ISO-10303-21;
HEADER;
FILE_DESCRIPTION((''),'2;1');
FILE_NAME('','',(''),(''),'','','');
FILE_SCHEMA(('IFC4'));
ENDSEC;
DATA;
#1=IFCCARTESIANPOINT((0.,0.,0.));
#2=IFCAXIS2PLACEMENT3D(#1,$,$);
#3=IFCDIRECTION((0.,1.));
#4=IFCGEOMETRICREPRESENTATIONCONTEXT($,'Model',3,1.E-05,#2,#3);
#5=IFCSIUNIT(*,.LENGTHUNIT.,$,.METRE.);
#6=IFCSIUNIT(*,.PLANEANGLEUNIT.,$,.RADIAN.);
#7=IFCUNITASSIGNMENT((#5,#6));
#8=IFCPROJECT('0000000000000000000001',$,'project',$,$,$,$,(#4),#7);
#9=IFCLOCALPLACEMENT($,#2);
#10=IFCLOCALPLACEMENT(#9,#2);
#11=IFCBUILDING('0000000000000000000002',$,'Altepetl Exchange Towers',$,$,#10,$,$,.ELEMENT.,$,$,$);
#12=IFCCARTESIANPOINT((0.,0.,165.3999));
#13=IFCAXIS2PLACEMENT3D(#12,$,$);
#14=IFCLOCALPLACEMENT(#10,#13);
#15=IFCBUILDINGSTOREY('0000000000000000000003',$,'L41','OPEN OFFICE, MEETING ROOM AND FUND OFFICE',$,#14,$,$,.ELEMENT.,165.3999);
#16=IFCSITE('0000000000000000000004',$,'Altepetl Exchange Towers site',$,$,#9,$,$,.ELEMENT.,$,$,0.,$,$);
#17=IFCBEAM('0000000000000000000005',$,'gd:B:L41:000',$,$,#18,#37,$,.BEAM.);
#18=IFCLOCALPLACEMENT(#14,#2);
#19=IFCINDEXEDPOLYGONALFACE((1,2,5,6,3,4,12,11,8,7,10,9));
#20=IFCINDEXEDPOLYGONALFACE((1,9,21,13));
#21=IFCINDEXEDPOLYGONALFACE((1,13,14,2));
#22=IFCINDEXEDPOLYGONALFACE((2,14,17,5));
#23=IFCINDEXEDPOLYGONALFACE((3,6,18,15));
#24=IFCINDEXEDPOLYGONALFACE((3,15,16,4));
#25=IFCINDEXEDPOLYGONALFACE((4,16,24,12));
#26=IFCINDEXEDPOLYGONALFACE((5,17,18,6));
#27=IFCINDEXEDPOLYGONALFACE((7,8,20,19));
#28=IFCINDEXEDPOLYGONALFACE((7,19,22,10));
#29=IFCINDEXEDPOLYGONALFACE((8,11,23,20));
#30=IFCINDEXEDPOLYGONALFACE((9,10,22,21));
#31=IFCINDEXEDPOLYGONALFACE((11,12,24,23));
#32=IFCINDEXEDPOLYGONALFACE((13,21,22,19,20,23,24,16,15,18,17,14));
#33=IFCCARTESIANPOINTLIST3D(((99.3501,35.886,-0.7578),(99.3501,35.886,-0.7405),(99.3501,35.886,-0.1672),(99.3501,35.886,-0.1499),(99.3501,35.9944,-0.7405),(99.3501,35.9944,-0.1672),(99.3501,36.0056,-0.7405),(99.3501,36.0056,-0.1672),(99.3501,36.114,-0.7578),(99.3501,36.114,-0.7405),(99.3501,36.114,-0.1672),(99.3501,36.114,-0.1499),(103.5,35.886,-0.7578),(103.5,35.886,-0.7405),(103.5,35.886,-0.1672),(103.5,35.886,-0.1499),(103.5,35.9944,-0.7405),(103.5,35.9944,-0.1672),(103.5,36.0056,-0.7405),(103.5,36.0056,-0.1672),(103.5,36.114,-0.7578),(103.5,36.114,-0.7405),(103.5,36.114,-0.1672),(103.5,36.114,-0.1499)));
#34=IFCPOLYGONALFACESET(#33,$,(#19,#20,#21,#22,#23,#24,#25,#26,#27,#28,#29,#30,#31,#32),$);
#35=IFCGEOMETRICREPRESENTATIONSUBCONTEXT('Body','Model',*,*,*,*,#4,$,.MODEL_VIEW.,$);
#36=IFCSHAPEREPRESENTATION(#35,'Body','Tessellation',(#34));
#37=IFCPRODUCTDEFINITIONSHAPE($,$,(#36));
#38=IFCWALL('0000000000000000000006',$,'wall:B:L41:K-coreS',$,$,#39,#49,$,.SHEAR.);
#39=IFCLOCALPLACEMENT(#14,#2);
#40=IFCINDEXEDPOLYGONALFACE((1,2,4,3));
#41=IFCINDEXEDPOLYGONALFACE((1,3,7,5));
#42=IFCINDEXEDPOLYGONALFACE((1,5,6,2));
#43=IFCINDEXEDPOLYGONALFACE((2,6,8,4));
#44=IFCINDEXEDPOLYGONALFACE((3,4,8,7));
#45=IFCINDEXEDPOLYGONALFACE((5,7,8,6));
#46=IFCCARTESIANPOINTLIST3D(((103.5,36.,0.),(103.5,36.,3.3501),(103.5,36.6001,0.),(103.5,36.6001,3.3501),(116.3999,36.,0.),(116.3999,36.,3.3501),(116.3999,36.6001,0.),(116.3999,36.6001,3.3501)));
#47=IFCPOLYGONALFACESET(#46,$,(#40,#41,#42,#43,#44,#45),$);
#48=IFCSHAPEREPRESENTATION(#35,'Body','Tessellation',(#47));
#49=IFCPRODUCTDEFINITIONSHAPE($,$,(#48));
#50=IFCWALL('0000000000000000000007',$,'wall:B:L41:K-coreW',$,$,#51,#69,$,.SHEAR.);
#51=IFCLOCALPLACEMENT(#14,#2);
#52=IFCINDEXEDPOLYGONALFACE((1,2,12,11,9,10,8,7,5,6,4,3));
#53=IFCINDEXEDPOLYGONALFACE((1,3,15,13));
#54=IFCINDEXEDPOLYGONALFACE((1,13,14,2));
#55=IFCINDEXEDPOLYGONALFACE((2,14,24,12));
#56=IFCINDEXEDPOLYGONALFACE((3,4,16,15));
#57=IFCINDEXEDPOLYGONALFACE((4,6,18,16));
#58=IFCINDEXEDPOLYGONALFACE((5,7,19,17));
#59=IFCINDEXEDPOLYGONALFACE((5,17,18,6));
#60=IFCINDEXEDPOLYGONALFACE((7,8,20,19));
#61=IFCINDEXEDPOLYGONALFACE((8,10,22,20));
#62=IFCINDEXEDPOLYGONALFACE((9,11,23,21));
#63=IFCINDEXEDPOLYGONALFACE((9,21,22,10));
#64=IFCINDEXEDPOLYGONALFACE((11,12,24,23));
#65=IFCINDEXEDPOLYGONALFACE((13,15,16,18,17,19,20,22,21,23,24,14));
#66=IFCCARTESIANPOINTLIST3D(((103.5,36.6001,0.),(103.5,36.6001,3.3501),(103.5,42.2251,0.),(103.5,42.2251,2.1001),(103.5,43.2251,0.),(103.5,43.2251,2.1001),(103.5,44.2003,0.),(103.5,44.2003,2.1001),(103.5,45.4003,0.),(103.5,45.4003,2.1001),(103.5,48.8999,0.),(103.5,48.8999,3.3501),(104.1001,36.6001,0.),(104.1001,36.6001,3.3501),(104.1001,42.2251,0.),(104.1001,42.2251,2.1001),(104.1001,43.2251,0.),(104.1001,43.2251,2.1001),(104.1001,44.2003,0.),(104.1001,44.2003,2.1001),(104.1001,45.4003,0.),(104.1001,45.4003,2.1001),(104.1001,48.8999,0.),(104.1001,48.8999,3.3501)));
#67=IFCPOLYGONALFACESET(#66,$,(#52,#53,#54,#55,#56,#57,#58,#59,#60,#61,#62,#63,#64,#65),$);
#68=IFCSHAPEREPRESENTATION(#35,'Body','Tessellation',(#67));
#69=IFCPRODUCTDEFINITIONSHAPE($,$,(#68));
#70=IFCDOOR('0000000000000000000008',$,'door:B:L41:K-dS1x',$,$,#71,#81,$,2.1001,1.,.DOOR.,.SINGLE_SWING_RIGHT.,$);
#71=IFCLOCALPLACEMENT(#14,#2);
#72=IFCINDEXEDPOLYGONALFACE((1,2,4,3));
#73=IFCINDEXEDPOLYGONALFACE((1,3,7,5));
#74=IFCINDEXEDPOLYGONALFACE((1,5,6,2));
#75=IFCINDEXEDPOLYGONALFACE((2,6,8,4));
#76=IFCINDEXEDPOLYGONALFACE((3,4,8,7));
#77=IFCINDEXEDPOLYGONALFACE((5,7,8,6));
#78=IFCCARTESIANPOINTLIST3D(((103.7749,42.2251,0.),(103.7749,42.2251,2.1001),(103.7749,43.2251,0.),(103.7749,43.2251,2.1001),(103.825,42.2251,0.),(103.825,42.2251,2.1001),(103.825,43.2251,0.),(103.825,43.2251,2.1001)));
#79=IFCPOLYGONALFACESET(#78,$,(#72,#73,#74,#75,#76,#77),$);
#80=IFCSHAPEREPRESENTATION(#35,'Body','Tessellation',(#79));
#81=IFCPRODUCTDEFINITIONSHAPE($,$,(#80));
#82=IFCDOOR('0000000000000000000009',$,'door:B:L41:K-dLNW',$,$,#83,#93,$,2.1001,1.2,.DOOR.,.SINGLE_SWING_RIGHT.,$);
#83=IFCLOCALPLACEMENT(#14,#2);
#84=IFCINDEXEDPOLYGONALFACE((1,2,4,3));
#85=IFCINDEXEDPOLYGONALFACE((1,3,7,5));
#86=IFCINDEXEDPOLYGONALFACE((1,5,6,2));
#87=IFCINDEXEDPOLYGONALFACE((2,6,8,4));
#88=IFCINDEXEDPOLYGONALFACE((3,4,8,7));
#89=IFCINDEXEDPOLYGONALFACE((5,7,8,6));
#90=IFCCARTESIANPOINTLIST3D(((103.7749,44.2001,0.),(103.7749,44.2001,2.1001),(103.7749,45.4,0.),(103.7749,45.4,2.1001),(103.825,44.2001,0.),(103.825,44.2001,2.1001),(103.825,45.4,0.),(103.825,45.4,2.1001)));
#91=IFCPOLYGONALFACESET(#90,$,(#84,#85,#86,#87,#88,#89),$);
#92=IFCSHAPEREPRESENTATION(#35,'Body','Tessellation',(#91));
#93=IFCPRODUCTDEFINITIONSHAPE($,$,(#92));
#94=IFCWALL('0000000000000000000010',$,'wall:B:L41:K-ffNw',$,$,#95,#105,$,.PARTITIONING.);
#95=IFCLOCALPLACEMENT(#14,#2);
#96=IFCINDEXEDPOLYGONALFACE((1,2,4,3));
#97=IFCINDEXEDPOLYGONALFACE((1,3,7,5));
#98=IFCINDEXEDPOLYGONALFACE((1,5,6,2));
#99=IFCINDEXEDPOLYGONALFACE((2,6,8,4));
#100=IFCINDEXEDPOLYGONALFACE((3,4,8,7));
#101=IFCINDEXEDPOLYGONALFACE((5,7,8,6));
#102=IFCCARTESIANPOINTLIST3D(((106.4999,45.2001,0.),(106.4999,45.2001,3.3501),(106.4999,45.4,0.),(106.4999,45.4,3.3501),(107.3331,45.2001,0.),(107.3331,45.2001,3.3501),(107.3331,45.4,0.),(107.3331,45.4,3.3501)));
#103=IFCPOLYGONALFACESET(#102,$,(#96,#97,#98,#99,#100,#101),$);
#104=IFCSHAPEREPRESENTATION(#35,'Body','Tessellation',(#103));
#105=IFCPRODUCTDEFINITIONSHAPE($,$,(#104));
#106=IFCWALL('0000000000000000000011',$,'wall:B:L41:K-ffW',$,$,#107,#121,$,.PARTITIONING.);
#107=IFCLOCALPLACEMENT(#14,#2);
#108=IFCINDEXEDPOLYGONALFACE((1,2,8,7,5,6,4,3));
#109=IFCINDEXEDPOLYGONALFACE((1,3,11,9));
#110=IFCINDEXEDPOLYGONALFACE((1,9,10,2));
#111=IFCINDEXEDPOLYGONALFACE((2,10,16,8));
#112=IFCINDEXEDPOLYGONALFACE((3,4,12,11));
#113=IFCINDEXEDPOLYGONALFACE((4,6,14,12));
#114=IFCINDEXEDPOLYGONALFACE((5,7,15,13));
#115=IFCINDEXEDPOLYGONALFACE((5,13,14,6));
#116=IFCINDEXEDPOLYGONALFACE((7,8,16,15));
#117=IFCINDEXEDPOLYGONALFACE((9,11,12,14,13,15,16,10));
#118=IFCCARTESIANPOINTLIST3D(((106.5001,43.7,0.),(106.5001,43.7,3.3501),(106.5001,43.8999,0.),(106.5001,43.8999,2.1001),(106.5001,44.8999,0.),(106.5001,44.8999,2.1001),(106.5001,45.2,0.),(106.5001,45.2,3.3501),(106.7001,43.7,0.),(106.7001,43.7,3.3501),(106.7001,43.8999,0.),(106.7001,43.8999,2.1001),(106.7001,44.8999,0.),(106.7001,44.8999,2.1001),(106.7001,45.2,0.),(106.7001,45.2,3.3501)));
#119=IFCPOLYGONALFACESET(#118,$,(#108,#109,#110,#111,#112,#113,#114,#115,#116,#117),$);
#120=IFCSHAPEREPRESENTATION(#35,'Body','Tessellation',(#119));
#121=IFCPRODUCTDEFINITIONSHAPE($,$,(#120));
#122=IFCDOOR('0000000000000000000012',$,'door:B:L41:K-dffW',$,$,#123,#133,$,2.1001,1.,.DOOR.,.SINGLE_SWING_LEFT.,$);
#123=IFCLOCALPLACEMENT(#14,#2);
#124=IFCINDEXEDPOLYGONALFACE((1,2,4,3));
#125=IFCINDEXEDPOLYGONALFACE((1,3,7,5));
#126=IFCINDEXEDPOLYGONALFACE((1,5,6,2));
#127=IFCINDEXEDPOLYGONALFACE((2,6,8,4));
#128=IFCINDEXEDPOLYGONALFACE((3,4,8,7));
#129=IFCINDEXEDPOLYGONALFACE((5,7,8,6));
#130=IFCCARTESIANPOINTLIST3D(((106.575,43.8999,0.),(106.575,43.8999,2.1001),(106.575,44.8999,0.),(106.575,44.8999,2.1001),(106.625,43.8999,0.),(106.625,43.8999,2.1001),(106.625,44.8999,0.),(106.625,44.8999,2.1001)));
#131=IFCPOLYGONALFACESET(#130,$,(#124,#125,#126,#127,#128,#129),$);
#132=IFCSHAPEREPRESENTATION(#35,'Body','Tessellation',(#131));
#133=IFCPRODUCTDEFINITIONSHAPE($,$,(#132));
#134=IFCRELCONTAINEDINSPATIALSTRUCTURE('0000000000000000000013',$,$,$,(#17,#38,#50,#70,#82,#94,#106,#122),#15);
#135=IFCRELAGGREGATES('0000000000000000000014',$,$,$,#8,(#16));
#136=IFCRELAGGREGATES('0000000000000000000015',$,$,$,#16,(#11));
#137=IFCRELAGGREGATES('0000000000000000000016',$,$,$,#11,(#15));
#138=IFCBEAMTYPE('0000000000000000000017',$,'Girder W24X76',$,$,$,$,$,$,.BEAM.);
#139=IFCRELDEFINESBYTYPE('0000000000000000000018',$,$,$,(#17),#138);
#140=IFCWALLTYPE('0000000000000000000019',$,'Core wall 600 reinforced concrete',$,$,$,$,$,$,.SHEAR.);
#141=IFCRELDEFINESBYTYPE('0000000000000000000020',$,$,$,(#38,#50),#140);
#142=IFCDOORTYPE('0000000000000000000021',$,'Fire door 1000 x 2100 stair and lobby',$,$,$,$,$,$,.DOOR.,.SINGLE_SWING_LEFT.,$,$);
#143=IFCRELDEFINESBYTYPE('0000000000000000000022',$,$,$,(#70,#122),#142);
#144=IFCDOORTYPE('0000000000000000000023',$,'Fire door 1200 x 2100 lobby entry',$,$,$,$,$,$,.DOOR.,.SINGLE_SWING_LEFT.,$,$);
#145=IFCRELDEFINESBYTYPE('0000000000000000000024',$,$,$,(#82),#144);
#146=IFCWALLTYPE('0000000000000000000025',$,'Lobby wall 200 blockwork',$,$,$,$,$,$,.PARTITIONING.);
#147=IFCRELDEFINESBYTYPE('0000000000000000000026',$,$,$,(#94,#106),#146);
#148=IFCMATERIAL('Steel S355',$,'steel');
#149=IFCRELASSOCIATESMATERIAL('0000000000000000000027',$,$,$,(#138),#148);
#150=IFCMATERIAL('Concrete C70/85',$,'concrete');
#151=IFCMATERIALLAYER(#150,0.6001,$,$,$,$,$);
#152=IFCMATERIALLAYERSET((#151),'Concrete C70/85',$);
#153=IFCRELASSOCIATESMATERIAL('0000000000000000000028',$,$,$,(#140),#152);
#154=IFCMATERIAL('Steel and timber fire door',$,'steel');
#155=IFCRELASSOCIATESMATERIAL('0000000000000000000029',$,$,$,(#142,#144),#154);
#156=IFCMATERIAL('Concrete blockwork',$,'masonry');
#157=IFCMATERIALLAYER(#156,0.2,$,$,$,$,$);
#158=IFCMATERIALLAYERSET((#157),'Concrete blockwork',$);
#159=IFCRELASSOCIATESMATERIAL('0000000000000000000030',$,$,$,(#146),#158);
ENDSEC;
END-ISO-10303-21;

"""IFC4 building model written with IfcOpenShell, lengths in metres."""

from ifc_helpers import new_model, si_unit, direction, frame, frame_2d, origin, origin_2d, place, context, subcontext, project, spatial, rectangle, i_section, extrude, material, layer, layer_set, material_profile, profile_set, type_object, element, fill, save


model = new_model("IFC4")

# Units and contexts
model_context = context("Model", 3, precision=1e-05, world=origin(), true_north=direction((0.0, 1.0)))
body_context = subcontext(model_context, "Body", "Model", "MODEL_VIEW")
ifc_project = project(units=[si_unit("LENGTHUNIT", "METRE"), si_unit("PLANEANGLEUNIT", "RADIAN")], contexts=[model_context])

# Site, building, storey
site_placement = place(None, origin())
site = spatial("IfcSite", under=ifc_project, at=site_placement, Name="Altepetl Exchange Towers site", CompositionType="ELEMENT", RefElevation=0.0)
building_placement = place(site_placement, origin())
building = spatial("IfcBuilding", under=site, at=building_placement, Name="Altepetl Exchange Towers", CompositionType="ELEMENT")
storey_placement = place(building_placement, frame((0.0, 0.0, 165.3999)))
storey = spatial("IfcBuildingStorey", under=building, at=storey_placement, Name="L41", Description="OPEN OFFICE, MEETING ROOM AND FUND OFFICE", CompositionType="ELEMENT", Elevation=165.3999)

# Beam
ifc_material_1 = material(Name="Steel S355", Category="steel")
ifc_material_profile = material_profile(ifc_material_1, i_section(OverallWidth=0.228, OverallDepth=0.6079, WebThickness=0.0112, FlangeThickness=0.0173, at=origin_2d()), Name="W24X76")
ifc_profile_set = profile_set([ifc_material_profile], Name="Steel S355")
beam_type = type_object("IfcBeamType", Name="Girder W24X76", PredefinedType="BEAM", material=ifc_profile_set)
beam_placement = place(storey_placement, frame((103.5, 36.0, -0.4539), z_axis=(-1.0, 0.0, 0.0), x_axis=(0.0, -1.0, 0.0)))
element("IfcBeam", 1, at=beam_placement, inside=storey, type_object=beam_type, Name="gd:B:L41:000", PredefinedType="BEAM", context=body_context, shape_type="SweptSolid", body=[
    extrude(i_section(OverallWidth=0.228, OverallDepth=0.6079, WebThickness=0.0112, FlangeThickness=0.0173, at=origin_2d()), origin(), (0.0, 0.0, 1.0), 4.1499),
])

# Wall
ifc_material_2 = material(Name="Concrete C70/85", Category="concrete")
ifc_layer_1 = layer(ifc_material_2, 0.6001)
ifc_layer_set_1 = layer_set([ifc_layer_1], Name="Concrete C70/85")
wall_type_1 = type_object("IfcWallType", Name="Core wall 600 reinforced concrete", PredefinedType="SHEAR", material=ifc_layer_set_1)
wall_1_placement = place(storey_placement, frame((103.5, 36.3, 0.0)))
element("IfcWall", 2, at=wall_1_placement, inside=storey, type_object=wall_type_1, Name="wall:B:L41:K-coreS", PredefinedType="SHEAR", context=body_context, shape_type="SweptSolid", body=[
    extrude(rectangle(XDim=12.8999, YDim=0.6001, at=frame_2d((6.45, 0.0))), origin(), (0.0, 0.0, 1.0), 3.3501),
])

# Wall, openings, doors
wall_2_placement = place(storey_placement, frame((103.8, 36.6001, 0.0), z_axis=(0.0, 0.0, 1.0), x_axis=(0.0, 1.0, 0.0)))
wall_2 = element("IfcWall", 3, at=wall_2_placement, inside=storey, type_object=wall_type_1, Name="wall:B:L41:K-coreW", PredefinedType="SHEAR", context=body_context, shape_type="SweptSolid", body=[
    extrude(rectangle(XDim=12.2998, YDim=0.6001, at=frame_2d((6.1499, 0.0))), origin(), (0.0, 0.0, 1.0), 3.3501),
])
opening_1_placement = place(wall_2_placement, frame((7.6001, 0.0, 0.0)))
opening_1 = element("IfcOpeningElement", 4, at=opening_1_placement, cuts=wall_2, PredefinedType="OPENING", context=body_context, shape_type="SweptSolid", body=[
    extrude(rectangle(XDim=1.2, YDim=2.1001, at=frame_2d((0.6001, 1.05))), frame((0.0, 0.3101, 0.0), z_axis=(0.0, -1.0, 0.0), x_axis=(1.0, 0.0, 0.0)), (0.0, 0.0, 1.0), 0.6201),
])
opening_2_placement = place(wall_2_placement, frame((5.625, 0.0, 0.0)))
opening_2 = element("IfcOpeningElement", 5, at=opening_2_placement, cuts=wall_2, PredefinedType="OPENING", context=body_context, shape_type="SweptSolid", body=[
    extrude(rectangle(XDim=1.0, YDim=2.1001, at=frame_2d((0.5, 1.05))), frame((0.0, 0.3101, 0.0), z_axis=(0.0, -1.0, 0.0), x_axis=(1.0, 0.0, 0.0)), (0.0, 0.0, 1.0), 0.6201),
])
ifc_material_3 = material(Name="Steel and timber fire door", Category="steel")
door_type_1 = type_object("IfcDoorType", Name="Fire door 1000 x 2100 stair and lobby", OperationType="SINGLE_SWING_LEFT", PredefinedType="DOOR", material=ifc_material_3)
door_1_placement = place(opening_2_placement, frame((1.0, 0.0, 0.0), x_axis=(-1.0, 0.0, 0.0)))
door_1 = element("IfcDoor", 6, at=door_1_placement, inside=storey, type_object=door_type_1, Name="door:B:L41:K-dS1x", OperationType="SINGLE_SWING_RIGHT", OverallHeight=2.1001, OverallWidth=1.0, PredefinedType="DOOR", context=body_context, shape_type="SweptSolid", body=[
    extrude(rectangle(XDim=1.0, YDim=2.1001, at=frame_2d((0.5, 1.05))), frame((0.0, 0.0249, 0.0), z_axis=(0.0, -1.0, 0.0), x_axis=(1.0, 0.0, 0.0)), (0.0, 0.0, 1.0), 0.05),
])
fill(opening_2, door_1)
door_type_2 = type_object("IfcDoorType", Name="Fire door 1200 x 2100 lobby entry", OperationType="SINGLE_SWING_LEFT", PredefinedType="DOOR", material=ifc_material_3)
door_2_placement = place(opening_1_placement, frame((1.2, 0.0, 0.0), x_axis=(-1.0, 0.0, 0.0)))
door_2 = element("IfcDoor", 7, at=door_2_placement, inside=storey, type_object=door_type_2, Name="door:B:L41:K-dLNW", OperationType="SINGLE_SWING_RIGHT", OverallHeight=2.1001, OverallWidth=1.2, PredefinedType="DOOR", context=body_context, shape_type="SweptSolid", body=[
    extrude(rectangle(XDim=1.2, YDim=2.1001, at=frame_2d((0.6001, 1.05))), frame((0.0, 0.0249, 0.0), z_axis=(0.0, -1.0, 0.0), x_axis=(1.0, 0.0, 0.0)), (0.0, 0.0, 1.0), 0.05),
])
fill(opening_1, door_2)

# Wall
ifc_material_4 = material(Name="Concrete blockwork", Category="masonry")
ifc_layer_2 = layer(ifc_material_4, 0.2)
ifc_layer_set_2 = layer_set([ifc_layer_2], Name="Concrete blockwork")
wall_type_2 = type_object("IfcWallType", Name="Lobby wall 200 blockwork", PredefinedType="PARTITIONING", material=ifc_layer_set_2)
wall_3_placement = place(storey_placement, frame((106.5, 45.3, 0.0)))
element("IfcWall", 8, at=wall_3_placement, inside=storey, type_object=wall_type_2, Name="wall:B:L41:K-ffNw", PredefinedType="PARTITIONING", context=body_context, shape_type="SweptSolid", body=[
    extrude(rectangle(XDim=0.8333, YDim=0.2, at=frame_2d((0.4165, 0.0))), origin(), (0.0, 0.0, 1.0), 3.3501),
])

# Wall, opening, door
wall_4_placement = place(storey_placement, frame((106.6001, 43.7, 0.0), z_axis=(0.0, 0.0, 1.0), x_axis=(0.0, 1.0, 0.0)))
wall_4 = element("IfcWall", 9, at=wall_4_placement, inside=storey, type_object=wall_type_2, Name="wall:B:L41:K-ffW", PredefinedType="PARTITIONING", context=body_context, shape_type="SweptSolid", body=[
    extrude(rectangle(XDim=1.5, YDim=0.2, at=frame_2d((0.75, 0.0))), origin(), (0.0, 0.0, 1.0), 3.3501),
])
opening_3_placement = place(wall_4_placement, frame((0.2, 0.0, 0.0)))
opening_3 = element("IfcOpeningElement", 10, at=opening_3_placement, cuts=wall_4, PredefinedType="OPENING", context=body_context, shape_type="SweptSolid", body=[
    extrude(rectangle(XDim=1.0, YDim=2.1001, at=frame_2d((0.5, 1.05))), frame((0.0, 0.1099, 0.0), z_axis=(0.0, -1.0, 0.0), x_axis=(1.0, 0.0, 0.0)), (0.0, 0.0, 1.0), 0.22),
])
door_3_placement = place(opening_3_placement, frame((1.0, 0.0, 0.0), x_axis=(-1.0, 0.0, 0.0)))
door_3 = element("IfcDoor", 11, at=door_3_placement, inside=storey, type_object=door_type_1, Name="door:B:L41:K-dffW", OperationType="SINGLE_SWING_LEFT", OverallHeight=2.1001, OverallWidth=1.0, PredefinedType="DOOR", context=body_context, shape_type="SweptSolid", body=[
    extrude(rectangle(XDim=1.0, YDim=2.1001, at=frame_2d((0.5, 1.05))), frame((0.0, 0.0249, 0.0), z_axis=(0.0, -1.0, 0.0), x_axis=(1.0, 0.0, 0.0)), (0.0, 0.0, 1.0), 0.05),
])
fill(opening_3, door_3)

save(model, "model.ifc")
